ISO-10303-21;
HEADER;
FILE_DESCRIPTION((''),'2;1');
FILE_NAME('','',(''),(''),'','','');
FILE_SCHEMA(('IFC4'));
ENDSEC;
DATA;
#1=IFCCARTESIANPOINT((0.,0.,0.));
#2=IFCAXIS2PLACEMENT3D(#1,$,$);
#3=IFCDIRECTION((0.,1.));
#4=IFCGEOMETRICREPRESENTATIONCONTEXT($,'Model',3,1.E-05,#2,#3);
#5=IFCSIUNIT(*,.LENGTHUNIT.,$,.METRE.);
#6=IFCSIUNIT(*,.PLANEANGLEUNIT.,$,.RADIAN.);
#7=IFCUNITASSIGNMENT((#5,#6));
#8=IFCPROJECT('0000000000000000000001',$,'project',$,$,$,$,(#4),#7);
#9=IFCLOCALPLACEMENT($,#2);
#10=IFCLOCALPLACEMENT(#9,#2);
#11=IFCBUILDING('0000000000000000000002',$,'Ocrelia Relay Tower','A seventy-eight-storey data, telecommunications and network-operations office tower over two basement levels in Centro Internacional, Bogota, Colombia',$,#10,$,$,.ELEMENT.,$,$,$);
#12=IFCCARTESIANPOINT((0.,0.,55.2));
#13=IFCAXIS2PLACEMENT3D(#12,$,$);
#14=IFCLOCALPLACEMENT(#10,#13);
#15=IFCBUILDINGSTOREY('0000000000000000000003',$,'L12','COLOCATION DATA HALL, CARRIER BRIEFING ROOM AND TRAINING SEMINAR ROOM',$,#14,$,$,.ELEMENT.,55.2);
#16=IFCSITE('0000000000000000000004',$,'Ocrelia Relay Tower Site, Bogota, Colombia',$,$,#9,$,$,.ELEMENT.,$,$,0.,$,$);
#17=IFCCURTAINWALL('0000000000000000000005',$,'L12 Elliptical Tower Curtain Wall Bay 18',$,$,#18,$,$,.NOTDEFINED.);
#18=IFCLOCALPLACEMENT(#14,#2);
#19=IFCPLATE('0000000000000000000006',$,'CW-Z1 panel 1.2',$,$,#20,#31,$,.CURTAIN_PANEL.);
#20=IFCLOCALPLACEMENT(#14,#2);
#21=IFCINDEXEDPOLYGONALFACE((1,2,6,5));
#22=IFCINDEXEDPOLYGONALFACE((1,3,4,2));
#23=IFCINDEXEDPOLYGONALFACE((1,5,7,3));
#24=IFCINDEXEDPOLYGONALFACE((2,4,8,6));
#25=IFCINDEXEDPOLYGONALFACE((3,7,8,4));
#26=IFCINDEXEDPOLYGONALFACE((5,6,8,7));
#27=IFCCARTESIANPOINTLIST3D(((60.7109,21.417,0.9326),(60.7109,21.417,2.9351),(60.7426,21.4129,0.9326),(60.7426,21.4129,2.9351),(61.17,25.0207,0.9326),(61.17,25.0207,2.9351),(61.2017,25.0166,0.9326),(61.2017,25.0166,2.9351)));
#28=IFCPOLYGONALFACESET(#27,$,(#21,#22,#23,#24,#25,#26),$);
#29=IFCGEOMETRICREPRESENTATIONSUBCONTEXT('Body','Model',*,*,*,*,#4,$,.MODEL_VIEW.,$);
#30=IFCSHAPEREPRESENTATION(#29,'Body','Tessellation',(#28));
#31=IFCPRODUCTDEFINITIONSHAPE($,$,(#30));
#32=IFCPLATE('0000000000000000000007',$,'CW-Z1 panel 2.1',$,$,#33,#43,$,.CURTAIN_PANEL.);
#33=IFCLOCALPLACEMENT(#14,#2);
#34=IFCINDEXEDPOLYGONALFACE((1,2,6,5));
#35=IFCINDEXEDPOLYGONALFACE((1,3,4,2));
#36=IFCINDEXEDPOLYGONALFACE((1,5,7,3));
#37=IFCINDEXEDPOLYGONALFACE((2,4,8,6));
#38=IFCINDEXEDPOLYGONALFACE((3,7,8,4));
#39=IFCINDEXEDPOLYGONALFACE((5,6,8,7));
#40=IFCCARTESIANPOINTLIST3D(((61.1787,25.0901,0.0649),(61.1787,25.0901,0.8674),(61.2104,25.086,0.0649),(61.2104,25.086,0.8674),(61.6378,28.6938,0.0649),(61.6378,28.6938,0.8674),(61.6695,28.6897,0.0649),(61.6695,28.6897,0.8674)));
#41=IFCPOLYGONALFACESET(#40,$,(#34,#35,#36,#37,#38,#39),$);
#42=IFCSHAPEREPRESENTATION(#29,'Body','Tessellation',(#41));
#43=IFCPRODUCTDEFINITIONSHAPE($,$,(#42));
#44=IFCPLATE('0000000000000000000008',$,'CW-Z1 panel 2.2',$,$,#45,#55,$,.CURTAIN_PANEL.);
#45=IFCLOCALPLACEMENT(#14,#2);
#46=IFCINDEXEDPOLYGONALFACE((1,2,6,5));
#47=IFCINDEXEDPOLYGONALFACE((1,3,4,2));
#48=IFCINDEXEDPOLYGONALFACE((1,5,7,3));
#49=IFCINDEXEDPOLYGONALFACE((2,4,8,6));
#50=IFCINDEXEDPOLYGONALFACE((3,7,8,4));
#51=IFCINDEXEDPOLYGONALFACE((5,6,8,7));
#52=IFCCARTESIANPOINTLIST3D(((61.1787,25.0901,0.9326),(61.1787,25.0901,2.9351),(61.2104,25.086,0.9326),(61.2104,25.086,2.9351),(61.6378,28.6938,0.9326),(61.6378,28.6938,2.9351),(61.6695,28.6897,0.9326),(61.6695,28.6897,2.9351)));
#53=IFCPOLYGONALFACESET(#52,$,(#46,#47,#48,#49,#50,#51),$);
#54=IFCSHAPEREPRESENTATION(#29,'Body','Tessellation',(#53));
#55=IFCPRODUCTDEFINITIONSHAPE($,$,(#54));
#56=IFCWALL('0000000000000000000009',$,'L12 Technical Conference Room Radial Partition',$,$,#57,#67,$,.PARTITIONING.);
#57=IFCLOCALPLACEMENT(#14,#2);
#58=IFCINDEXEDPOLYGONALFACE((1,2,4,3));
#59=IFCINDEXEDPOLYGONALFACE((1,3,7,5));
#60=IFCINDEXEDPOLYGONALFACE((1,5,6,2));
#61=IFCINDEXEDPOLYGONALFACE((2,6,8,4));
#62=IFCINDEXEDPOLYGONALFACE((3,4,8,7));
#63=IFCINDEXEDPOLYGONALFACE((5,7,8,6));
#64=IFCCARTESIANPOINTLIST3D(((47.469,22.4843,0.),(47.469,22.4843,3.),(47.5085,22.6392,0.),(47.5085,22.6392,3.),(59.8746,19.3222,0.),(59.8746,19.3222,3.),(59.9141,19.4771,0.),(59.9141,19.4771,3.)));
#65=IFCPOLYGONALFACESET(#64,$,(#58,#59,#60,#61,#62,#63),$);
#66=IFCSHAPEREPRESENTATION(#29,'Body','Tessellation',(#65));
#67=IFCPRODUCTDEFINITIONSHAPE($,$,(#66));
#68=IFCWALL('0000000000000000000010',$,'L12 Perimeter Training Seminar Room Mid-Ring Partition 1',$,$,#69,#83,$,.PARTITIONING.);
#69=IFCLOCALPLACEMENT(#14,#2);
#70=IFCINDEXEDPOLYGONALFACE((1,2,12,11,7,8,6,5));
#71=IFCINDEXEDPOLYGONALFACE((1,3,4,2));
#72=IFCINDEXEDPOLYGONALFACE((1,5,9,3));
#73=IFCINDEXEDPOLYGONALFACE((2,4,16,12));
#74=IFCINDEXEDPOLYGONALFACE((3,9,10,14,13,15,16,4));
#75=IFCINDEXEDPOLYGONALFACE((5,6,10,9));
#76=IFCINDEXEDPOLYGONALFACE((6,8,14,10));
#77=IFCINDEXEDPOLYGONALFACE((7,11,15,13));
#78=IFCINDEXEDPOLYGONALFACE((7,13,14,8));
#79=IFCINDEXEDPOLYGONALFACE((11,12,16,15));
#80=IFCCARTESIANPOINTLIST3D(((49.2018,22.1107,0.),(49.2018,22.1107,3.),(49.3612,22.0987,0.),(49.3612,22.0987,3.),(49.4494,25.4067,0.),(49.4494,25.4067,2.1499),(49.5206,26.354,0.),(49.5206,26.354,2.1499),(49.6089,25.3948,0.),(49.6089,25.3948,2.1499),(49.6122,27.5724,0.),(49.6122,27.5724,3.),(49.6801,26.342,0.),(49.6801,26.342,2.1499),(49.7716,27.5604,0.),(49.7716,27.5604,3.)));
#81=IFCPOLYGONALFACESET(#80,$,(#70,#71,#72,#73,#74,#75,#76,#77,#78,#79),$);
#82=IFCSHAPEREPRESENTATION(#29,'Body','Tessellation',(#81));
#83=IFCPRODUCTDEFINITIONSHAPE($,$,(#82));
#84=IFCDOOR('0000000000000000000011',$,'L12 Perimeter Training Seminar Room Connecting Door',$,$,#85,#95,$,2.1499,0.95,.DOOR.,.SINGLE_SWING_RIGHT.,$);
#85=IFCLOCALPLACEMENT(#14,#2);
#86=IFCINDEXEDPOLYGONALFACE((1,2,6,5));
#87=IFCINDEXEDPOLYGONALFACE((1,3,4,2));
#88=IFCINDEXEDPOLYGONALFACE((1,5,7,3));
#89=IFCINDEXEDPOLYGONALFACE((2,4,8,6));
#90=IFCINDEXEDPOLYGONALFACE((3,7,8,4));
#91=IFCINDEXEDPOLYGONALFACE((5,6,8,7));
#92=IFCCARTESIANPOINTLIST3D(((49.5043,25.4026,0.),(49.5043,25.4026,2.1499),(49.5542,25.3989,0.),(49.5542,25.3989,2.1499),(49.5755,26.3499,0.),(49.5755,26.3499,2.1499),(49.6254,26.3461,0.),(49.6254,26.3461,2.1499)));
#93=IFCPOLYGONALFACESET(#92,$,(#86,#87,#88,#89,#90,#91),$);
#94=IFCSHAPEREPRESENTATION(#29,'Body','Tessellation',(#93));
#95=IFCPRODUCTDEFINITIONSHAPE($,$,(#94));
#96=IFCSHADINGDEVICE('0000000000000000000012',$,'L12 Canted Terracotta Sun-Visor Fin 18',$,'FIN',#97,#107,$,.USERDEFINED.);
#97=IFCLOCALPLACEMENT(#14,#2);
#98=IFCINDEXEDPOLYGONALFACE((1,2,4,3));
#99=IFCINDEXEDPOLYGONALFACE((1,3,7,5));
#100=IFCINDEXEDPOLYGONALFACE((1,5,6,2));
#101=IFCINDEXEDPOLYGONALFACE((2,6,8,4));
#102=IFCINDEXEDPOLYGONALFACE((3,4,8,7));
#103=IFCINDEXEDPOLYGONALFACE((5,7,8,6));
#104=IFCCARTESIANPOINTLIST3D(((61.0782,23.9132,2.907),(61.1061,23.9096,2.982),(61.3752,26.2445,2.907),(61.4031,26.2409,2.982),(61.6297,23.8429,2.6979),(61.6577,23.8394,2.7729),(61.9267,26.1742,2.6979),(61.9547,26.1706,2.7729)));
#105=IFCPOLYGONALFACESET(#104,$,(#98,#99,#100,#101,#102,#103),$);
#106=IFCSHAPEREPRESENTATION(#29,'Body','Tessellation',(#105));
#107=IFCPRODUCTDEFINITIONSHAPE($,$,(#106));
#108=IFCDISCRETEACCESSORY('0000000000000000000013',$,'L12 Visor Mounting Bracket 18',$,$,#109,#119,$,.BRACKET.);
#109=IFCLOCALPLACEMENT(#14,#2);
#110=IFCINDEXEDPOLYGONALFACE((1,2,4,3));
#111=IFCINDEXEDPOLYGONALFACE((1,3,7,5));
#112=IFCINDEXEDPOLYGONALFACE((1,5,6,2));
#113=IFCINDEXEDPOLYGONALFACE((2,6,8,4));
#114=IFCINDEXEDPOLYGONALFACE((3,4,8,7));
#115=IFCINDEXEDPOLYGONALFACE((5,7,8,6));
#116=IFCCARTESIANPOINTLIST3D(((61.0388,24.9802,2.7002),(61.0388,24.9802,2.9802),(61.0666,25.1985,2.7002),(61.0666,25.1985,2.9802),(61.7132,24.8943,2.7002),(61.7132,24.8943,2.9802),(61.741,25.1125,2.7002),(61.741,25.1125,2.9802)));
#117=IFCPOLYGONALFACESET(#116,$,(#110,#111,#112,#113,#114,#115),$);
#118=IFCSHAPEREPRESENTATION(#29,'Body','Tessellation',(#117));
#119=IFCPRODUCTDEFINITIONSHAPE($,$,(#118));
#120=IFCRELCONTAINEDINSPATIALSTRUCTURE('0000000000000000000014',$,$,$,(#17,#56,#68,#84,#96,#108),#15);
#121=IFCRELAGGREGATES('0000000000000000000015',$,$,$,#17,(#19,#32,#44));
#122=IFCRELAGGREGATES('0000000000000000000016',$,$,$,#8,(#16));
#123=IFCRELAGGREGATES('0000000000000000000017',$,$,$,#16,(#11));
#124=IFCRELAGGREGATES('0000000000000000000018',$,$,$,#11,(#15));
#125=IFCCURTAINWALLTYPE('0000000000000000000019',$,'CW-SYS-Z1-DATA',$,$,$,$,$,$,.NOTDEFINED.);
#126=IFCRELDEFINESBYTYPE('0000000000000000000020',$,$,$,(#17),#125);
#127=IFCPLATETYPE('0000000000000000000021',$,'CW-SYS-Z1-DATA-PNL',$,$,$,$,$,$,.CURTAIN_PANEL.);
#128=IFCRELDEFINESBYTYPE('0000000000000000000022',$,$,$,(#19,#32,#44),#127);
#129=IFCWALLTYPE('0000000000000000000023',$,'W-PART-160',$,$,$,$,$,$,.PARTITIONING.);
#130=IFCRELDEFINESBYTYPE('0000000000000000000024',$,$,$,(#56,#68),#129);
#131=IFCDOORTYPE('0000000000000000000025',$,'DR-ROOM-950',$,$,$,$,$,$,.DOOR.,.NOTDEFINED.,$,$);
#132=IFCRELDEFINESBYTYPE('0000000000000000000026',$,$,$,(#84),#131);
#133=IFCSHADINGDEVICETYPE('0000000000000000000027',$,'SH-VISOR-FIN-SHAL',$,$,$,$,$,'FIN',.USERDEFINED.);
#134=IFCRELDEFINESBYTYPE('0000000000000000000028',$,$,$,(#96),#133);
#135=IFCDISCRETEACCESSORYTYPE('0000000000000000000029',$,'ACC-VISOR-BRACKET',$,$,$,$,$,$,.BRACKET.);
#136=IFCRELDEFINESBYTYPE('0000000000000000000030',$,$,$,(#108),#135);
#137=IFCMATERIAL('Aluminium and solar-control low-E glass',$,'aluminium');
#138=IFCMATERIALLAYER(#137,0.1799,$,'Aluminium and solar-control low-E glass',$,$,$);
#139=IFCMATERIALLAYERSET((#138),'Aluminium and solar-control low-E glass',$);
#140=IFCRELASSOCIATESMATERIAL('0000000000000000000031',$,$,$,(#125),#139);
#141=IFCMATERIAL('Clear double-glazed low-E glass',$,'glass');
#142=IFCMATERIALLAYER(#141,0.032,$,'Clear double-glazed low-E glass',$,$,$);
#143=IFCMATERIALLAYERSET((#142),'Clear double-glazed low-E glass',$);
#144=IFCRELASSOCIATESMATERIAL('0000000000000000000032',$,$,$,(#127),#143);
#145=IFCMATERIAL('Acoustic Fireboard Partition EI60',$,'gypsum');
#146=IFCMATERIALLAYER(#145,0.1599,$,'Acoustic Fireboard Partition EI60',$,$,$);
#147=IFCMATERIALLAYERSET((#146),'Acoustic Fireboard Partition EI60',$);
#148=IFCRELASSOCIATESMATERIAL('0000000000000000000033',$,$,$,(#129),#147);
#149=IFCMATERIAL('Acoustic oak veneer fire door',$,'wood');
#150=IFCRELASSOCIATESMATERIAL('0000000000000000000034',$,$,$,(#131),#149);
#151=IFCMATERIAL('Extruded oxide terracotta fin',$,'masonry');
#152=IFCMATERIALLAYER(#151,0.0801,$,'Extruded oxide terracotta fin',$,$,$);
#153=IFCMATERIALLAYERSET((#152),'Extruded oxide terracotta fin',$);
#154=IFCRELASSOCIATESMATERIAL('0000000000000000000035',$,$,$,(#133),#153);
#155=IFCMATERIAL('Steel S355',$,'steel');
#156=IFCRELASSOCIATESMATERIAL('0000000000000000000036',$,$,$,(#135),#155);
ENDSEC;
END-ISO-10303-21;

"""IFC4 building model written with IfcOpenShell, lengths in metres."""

from ifc_helpers import new_model, si_unit, direction, frame, frame_2d, origin, origin_2d, place, context, subcontext, project, spatial, rectangle, extrude, material, layer, layer_set, type_object, element, fill, aggregate, save


model = new_model("IFC4")

# Units and contexts
model_context = context("Model", 3, precision=1e-05, world=origin(), true_north=direction((0.0, 1.0)))
body_context = subcontext(model_context, "Body", "Model", "MODEL_VIEW")
ifc_project = project(units=[si_unit("LENGTHUNIT", "METRE"), si_unit("PLANEANGLEUNIT", "RADIAN")], contexts=[model_context])

# Site, building, storey
site_placement = place(None, origin())
site = spatial("IfcSite", under=ifc_project, at=site_placement, Name="Ocrelia Relay Tower Site, Bogota, Colombia", CompositionType="ELEMENT", RefElevation=0.0)
building_placement = place(site_placement, origin())
building = spatial("IfcBuilding", under=site, at=building_placement, Name="Ocrelia Relay Tower", Description="A seventy-eight-storey data, telecommunications and network-operations office tower over two basement levels in Centro Internacional, Bogota, Colombia", CompositionType="ELEMENT")
storey_placement = place(building_placement, frame((0.0, 0.0, 55.2)))
storey = spatial("IfcBuildingStorey", under=building, at=storey_placement, Name="L12", Description="COLOCATION DATA HALL, CARRIER BRIEFING ROOM AND TRAINING SEMINAR ROOM", CompositionType="ELEMENT", Elevation=55.2)

# Shared definitions
ifc_material_1 = material(Name="Steel S355", Category="steel")

# Curtain wall, plates
ifc_material_2 = material(Name="Aluminium and solar-control low-E glass", Category="aluminium")
ifc_layer_1 = layer(ifc_material_2, 0.1799, Name="Aluminium and solar-control low-E glass")
ifc_layer_set_1 = layer_set([ifc_layer_1], Name="Aluminium and solar-control low-E glass")
curtain_wall_type = type_object("IfcCurtainWallType", Name="CW-SYS-Z1-DATA", PredefinedType="NOTDEFINED", material=ifc_layer_set_1)
curtain_wall_placement = place(storey_placement, origin())
curtain_wall = element("IfcCurtainWall", 1, at=curtain_wall_placement, inside=storey, type_object=curtain_wall_type, Name="L12 Elliptical Tower Curtain Wall Bay 18", PredefinedType="NOTDEFINED")
ifc_material_3 = material(Name="Clear double-glazed low-E glass", Category="glass")
ifc_layer_2 = layer(ifc_material_3, 0.032, Name="Clear double-glazed low-E glass")
ifc_layer_set_2 = layer_set([ifc_layer_2], Name="Clear double-glazed low-E glass")
plate_type = type_object("IfcPlateType", Name="CW-SYS-Z1-DATA-PNL", PredefinedType="CURTAIN_PANEL", material=ifc_layer_set_2)
plate_1_placement = place(storey_placement, frame((60.9563, 23.2168, 0.9326), z_axis=(0.0, 0.0, 1.0), x_axis=(0.126374, 0.991983, 0.0)))
plate_1 = element("IfcPlate", 2, at=plate_1_placement, type_object=plate_type, Name="CW-Z1 panel 1.2", PredefinedType="CURTAIN_PANEL", context=body_context, shape_type="SweptSolid", body=[
    extrude(rectangle(XDim=3.6328, YDim=0.032, at=origin_2d()), origin(), (0.0, 0.0, 1.0), 2.0024),
])
plate_2_placement = place(storey_placement, frame((61.4241, 26.8899, 0.0649), z_axis=(0.0, 0.0, 1.0), x_axis=(0.126374, 0.991983, 0.0)))
plate_2 = element("IfcPlate", 3, at=plate_2_placement, type_object=plate_type, Name="CW-Z1 panel 2.1", PredefinedType="CURTAIN_PANEL", context=body_context, shape_type="SweptSolid", body=[
    extrude(rectangle(XDim=3.6328, YDim=0.032, at=origin_2d()), origin(), (0.0, 0.0, 1.0), 0.8025),
])
plate_3_placement = place(storey_placement, frame((61.4241, 26.8899, 0.9326), z_axis=(0.0, 0.0, 1.0), x_axis=(0.126374, 0.991983, 0.0)))
plate_3 = element("IfcPlate", 4, at=plate_3_placement, type_object=plate_type, Name="CW-Z1 panel 2.2", PredefinedType="CURTAIN_PANEL", context=body_context, shape_type="SweptSolid", body=[
    extrude(rectangle(XDim=3.6328, YDim=0.032, at=origin_2d()), origin(), (0.0, 0.0, 1.0), 2.0024),
])
aggregate(curtain_wall, [plate_1, plate_2, plate_3])

# Shared definitions
ifc_material_4 = material(Name="Acoustic oak veneer fire door", Category="wood")

# Wall
ifc_material_5 = material(Name="Acoustic Fireboard Partition EI60", Category="gypsum")
ifc_layer_3 = layer(ifc_material_5, 0.1599, Name="Acoustic Fireboard Partition EI60")
ifc_layer_set_3 = layer_set([ifc_layer_3], Name="Acoustic Fireboard Partition EI60")
wall_type_1 = type_object("IfcWallType", Name="W-PART-160", PredefinedType="PARTITIONING", material=ifc_layer_set_3)
wall_1_placement = place(storey_placement, frame((47.4888, 22.5618, 0.0), z_axis=(0.0, 0.0, 1.0), x_axis=(0.969016, -0.246998, 0.0)))
element("IfcWall", 5, at=wall_1_placement, inside=storey, type_object=wall_type_1, Name="L12 Technical Conference Room Radial Partition", PredefinedType="PARTITIONING", context=body_context, shape_type="SweptSolid", body=[
    extrude(rectangle(XDim=12.8022, YDim=0.1599, at=frame_2d((6.4011, 0.0))), origin(), (0.0, 0.0, 1.0), 3.0),
])

# Wall, opening, door
wall_2_placement = place(storey_placement, frame((49.2815, 22.1047, 0.0), z_axis=(0.0, 0.0, 1.0), x_axis=(0.074931, 0.997189, 0.0)))
wall_2 = element("IfcWall", 6, at=wall_2_placement, inside=storey, type_object=wall_type_1, Name="L12 Perimeter Training Seminar Room Mid-Ring Partition 1", PredefinedType="PARTITIONING", context=body_context, shape_type="SweptSolid", body=[
    extrude(rectangle(XDim=5.4771, YDim=0.1599, at=frame_2d((2.7385, 0.0))), origin(), (0.0, 0.0, 1.0), 3.0),
])
opening_1_placement = place(wall_2_placement, frame((3.3052, 0.0, 0.0)))
opening_1 = element("IfcOpeningElement", 7, at=opening_1_placement, cuts=wall_2, PredefinedType="OPENING", context=body_context, shape_type="SweptSolid", body=[
    extrude(rectangle(XDim=0.95, YDim=2.1499, at=frame_2d((0.4751, 1.075))), frame((0.0, 0.0898, 0.0), z_axis=(0.0, -1.0, 0.0), x_axis=(1.0, 0.0, 0.0)), (0.0, 0.0, 1.0), 0.1799),
])
door_type_1 = type_object("IfcDoorType", Name="DR-ROOM-950", OperationType="NOTDEFINED", PredefinedType="DOOR", material=ifc_material_4)
door_1_placement = place(opening_1_placement, origin())
door_1 = element("IfcDoor", 8, at=door_1_placement, inside=storey, type_object=door_type_1, Name="L12 Perimeter Training Seminar Room Connecting Door", OperationType="SINGLE_SWING_RIGHT", OverallHeight=2.1499, OverallWidth=0.95, PredefinedType="DOOR", context=body_context, shape_type="SweptSolid", body=[
    extrude(rectangle(XDim=0.95, YDim=2.1499, at=frame_2d((0.4751, 1.075))), frame((0.0, 0.0249, 0.0), z_axis=(0.0, -1.0, 0.0), x_axis=(1.0, 0.0, 0.0)), (0.0, 0.0, 1.0), 0.05),
])
fill(opening_1, door_1)

# Shading device
ifc_material_6 = material(Name="Extruded oxide terracotta fin", Category="masonry")
ifc_layer_4 = layer(ifc_material_6, 0.0801, Name="Extruded oxide terracotta fin")
ifc_layer_set_4 = layer_set([ifc_layer_4], Name="Extruded oxide terracotta fin")
shading_device_type = type_object("IfcShadingDeviceType", Name="SH-VISOR-FIN-SHAL", ElementType="FIN", PredefinedType="USERDEFINED", material=ifc_layer_set_4)
shading_device_placement = place(storey_placement, frame((61.5024, 25.0437, 2.8025), z_axis=(0.349183, -0.044484, 0.935998), x_axis=(0.126374, 0.991983, 0.0)))
element("IfcShadingDevice", 9, at=shading_device_placement, inside=storey, type_object=shading_device_type, Name="L12 Canted Terracotta Sun-Visor Fin 18", ObjectType="FIN", PredefinedType="USERDEFINED", context=body_context, shape_type="SweptSolid", body=[
    extrude(rectangle(XDim=2.3501, YDim=0.594, at=origin_2d()), origin(), (0.0, 0.0, 1.0), 0.0801),
])

# Discrete accessory
discrete_accessory_type = type_object("IfcDiscreteAccessoryType", Name="ACC-VISOR-BRACKET", PredefinedType="BRACKET", material=ifc_material_1)
discrete_accessory_placement = place(storey_placement, frame((61.3899, 25.0464, 2.7002), z_axis=(0.0, 0.0, 1.0), x_axis=(0.126374, 0.991983, 0.0)))
element("IfcDiscreteAccessory", 10, at=discrete_accessory_placement, inside=storey, type_object=discrete_accessory_type, Name="L12 Visor Mounting Bracket 18", PredefinedType="BRACKET", context=body_context, shape_type="SweptSolid", body=[
    extrude(rectangle(XDim=0.22, YDim=0.6799, at=origin_2d()), origin(), (0.0, 0.0, 1.0), 0.28),
])

save(model, "model.ifc")
